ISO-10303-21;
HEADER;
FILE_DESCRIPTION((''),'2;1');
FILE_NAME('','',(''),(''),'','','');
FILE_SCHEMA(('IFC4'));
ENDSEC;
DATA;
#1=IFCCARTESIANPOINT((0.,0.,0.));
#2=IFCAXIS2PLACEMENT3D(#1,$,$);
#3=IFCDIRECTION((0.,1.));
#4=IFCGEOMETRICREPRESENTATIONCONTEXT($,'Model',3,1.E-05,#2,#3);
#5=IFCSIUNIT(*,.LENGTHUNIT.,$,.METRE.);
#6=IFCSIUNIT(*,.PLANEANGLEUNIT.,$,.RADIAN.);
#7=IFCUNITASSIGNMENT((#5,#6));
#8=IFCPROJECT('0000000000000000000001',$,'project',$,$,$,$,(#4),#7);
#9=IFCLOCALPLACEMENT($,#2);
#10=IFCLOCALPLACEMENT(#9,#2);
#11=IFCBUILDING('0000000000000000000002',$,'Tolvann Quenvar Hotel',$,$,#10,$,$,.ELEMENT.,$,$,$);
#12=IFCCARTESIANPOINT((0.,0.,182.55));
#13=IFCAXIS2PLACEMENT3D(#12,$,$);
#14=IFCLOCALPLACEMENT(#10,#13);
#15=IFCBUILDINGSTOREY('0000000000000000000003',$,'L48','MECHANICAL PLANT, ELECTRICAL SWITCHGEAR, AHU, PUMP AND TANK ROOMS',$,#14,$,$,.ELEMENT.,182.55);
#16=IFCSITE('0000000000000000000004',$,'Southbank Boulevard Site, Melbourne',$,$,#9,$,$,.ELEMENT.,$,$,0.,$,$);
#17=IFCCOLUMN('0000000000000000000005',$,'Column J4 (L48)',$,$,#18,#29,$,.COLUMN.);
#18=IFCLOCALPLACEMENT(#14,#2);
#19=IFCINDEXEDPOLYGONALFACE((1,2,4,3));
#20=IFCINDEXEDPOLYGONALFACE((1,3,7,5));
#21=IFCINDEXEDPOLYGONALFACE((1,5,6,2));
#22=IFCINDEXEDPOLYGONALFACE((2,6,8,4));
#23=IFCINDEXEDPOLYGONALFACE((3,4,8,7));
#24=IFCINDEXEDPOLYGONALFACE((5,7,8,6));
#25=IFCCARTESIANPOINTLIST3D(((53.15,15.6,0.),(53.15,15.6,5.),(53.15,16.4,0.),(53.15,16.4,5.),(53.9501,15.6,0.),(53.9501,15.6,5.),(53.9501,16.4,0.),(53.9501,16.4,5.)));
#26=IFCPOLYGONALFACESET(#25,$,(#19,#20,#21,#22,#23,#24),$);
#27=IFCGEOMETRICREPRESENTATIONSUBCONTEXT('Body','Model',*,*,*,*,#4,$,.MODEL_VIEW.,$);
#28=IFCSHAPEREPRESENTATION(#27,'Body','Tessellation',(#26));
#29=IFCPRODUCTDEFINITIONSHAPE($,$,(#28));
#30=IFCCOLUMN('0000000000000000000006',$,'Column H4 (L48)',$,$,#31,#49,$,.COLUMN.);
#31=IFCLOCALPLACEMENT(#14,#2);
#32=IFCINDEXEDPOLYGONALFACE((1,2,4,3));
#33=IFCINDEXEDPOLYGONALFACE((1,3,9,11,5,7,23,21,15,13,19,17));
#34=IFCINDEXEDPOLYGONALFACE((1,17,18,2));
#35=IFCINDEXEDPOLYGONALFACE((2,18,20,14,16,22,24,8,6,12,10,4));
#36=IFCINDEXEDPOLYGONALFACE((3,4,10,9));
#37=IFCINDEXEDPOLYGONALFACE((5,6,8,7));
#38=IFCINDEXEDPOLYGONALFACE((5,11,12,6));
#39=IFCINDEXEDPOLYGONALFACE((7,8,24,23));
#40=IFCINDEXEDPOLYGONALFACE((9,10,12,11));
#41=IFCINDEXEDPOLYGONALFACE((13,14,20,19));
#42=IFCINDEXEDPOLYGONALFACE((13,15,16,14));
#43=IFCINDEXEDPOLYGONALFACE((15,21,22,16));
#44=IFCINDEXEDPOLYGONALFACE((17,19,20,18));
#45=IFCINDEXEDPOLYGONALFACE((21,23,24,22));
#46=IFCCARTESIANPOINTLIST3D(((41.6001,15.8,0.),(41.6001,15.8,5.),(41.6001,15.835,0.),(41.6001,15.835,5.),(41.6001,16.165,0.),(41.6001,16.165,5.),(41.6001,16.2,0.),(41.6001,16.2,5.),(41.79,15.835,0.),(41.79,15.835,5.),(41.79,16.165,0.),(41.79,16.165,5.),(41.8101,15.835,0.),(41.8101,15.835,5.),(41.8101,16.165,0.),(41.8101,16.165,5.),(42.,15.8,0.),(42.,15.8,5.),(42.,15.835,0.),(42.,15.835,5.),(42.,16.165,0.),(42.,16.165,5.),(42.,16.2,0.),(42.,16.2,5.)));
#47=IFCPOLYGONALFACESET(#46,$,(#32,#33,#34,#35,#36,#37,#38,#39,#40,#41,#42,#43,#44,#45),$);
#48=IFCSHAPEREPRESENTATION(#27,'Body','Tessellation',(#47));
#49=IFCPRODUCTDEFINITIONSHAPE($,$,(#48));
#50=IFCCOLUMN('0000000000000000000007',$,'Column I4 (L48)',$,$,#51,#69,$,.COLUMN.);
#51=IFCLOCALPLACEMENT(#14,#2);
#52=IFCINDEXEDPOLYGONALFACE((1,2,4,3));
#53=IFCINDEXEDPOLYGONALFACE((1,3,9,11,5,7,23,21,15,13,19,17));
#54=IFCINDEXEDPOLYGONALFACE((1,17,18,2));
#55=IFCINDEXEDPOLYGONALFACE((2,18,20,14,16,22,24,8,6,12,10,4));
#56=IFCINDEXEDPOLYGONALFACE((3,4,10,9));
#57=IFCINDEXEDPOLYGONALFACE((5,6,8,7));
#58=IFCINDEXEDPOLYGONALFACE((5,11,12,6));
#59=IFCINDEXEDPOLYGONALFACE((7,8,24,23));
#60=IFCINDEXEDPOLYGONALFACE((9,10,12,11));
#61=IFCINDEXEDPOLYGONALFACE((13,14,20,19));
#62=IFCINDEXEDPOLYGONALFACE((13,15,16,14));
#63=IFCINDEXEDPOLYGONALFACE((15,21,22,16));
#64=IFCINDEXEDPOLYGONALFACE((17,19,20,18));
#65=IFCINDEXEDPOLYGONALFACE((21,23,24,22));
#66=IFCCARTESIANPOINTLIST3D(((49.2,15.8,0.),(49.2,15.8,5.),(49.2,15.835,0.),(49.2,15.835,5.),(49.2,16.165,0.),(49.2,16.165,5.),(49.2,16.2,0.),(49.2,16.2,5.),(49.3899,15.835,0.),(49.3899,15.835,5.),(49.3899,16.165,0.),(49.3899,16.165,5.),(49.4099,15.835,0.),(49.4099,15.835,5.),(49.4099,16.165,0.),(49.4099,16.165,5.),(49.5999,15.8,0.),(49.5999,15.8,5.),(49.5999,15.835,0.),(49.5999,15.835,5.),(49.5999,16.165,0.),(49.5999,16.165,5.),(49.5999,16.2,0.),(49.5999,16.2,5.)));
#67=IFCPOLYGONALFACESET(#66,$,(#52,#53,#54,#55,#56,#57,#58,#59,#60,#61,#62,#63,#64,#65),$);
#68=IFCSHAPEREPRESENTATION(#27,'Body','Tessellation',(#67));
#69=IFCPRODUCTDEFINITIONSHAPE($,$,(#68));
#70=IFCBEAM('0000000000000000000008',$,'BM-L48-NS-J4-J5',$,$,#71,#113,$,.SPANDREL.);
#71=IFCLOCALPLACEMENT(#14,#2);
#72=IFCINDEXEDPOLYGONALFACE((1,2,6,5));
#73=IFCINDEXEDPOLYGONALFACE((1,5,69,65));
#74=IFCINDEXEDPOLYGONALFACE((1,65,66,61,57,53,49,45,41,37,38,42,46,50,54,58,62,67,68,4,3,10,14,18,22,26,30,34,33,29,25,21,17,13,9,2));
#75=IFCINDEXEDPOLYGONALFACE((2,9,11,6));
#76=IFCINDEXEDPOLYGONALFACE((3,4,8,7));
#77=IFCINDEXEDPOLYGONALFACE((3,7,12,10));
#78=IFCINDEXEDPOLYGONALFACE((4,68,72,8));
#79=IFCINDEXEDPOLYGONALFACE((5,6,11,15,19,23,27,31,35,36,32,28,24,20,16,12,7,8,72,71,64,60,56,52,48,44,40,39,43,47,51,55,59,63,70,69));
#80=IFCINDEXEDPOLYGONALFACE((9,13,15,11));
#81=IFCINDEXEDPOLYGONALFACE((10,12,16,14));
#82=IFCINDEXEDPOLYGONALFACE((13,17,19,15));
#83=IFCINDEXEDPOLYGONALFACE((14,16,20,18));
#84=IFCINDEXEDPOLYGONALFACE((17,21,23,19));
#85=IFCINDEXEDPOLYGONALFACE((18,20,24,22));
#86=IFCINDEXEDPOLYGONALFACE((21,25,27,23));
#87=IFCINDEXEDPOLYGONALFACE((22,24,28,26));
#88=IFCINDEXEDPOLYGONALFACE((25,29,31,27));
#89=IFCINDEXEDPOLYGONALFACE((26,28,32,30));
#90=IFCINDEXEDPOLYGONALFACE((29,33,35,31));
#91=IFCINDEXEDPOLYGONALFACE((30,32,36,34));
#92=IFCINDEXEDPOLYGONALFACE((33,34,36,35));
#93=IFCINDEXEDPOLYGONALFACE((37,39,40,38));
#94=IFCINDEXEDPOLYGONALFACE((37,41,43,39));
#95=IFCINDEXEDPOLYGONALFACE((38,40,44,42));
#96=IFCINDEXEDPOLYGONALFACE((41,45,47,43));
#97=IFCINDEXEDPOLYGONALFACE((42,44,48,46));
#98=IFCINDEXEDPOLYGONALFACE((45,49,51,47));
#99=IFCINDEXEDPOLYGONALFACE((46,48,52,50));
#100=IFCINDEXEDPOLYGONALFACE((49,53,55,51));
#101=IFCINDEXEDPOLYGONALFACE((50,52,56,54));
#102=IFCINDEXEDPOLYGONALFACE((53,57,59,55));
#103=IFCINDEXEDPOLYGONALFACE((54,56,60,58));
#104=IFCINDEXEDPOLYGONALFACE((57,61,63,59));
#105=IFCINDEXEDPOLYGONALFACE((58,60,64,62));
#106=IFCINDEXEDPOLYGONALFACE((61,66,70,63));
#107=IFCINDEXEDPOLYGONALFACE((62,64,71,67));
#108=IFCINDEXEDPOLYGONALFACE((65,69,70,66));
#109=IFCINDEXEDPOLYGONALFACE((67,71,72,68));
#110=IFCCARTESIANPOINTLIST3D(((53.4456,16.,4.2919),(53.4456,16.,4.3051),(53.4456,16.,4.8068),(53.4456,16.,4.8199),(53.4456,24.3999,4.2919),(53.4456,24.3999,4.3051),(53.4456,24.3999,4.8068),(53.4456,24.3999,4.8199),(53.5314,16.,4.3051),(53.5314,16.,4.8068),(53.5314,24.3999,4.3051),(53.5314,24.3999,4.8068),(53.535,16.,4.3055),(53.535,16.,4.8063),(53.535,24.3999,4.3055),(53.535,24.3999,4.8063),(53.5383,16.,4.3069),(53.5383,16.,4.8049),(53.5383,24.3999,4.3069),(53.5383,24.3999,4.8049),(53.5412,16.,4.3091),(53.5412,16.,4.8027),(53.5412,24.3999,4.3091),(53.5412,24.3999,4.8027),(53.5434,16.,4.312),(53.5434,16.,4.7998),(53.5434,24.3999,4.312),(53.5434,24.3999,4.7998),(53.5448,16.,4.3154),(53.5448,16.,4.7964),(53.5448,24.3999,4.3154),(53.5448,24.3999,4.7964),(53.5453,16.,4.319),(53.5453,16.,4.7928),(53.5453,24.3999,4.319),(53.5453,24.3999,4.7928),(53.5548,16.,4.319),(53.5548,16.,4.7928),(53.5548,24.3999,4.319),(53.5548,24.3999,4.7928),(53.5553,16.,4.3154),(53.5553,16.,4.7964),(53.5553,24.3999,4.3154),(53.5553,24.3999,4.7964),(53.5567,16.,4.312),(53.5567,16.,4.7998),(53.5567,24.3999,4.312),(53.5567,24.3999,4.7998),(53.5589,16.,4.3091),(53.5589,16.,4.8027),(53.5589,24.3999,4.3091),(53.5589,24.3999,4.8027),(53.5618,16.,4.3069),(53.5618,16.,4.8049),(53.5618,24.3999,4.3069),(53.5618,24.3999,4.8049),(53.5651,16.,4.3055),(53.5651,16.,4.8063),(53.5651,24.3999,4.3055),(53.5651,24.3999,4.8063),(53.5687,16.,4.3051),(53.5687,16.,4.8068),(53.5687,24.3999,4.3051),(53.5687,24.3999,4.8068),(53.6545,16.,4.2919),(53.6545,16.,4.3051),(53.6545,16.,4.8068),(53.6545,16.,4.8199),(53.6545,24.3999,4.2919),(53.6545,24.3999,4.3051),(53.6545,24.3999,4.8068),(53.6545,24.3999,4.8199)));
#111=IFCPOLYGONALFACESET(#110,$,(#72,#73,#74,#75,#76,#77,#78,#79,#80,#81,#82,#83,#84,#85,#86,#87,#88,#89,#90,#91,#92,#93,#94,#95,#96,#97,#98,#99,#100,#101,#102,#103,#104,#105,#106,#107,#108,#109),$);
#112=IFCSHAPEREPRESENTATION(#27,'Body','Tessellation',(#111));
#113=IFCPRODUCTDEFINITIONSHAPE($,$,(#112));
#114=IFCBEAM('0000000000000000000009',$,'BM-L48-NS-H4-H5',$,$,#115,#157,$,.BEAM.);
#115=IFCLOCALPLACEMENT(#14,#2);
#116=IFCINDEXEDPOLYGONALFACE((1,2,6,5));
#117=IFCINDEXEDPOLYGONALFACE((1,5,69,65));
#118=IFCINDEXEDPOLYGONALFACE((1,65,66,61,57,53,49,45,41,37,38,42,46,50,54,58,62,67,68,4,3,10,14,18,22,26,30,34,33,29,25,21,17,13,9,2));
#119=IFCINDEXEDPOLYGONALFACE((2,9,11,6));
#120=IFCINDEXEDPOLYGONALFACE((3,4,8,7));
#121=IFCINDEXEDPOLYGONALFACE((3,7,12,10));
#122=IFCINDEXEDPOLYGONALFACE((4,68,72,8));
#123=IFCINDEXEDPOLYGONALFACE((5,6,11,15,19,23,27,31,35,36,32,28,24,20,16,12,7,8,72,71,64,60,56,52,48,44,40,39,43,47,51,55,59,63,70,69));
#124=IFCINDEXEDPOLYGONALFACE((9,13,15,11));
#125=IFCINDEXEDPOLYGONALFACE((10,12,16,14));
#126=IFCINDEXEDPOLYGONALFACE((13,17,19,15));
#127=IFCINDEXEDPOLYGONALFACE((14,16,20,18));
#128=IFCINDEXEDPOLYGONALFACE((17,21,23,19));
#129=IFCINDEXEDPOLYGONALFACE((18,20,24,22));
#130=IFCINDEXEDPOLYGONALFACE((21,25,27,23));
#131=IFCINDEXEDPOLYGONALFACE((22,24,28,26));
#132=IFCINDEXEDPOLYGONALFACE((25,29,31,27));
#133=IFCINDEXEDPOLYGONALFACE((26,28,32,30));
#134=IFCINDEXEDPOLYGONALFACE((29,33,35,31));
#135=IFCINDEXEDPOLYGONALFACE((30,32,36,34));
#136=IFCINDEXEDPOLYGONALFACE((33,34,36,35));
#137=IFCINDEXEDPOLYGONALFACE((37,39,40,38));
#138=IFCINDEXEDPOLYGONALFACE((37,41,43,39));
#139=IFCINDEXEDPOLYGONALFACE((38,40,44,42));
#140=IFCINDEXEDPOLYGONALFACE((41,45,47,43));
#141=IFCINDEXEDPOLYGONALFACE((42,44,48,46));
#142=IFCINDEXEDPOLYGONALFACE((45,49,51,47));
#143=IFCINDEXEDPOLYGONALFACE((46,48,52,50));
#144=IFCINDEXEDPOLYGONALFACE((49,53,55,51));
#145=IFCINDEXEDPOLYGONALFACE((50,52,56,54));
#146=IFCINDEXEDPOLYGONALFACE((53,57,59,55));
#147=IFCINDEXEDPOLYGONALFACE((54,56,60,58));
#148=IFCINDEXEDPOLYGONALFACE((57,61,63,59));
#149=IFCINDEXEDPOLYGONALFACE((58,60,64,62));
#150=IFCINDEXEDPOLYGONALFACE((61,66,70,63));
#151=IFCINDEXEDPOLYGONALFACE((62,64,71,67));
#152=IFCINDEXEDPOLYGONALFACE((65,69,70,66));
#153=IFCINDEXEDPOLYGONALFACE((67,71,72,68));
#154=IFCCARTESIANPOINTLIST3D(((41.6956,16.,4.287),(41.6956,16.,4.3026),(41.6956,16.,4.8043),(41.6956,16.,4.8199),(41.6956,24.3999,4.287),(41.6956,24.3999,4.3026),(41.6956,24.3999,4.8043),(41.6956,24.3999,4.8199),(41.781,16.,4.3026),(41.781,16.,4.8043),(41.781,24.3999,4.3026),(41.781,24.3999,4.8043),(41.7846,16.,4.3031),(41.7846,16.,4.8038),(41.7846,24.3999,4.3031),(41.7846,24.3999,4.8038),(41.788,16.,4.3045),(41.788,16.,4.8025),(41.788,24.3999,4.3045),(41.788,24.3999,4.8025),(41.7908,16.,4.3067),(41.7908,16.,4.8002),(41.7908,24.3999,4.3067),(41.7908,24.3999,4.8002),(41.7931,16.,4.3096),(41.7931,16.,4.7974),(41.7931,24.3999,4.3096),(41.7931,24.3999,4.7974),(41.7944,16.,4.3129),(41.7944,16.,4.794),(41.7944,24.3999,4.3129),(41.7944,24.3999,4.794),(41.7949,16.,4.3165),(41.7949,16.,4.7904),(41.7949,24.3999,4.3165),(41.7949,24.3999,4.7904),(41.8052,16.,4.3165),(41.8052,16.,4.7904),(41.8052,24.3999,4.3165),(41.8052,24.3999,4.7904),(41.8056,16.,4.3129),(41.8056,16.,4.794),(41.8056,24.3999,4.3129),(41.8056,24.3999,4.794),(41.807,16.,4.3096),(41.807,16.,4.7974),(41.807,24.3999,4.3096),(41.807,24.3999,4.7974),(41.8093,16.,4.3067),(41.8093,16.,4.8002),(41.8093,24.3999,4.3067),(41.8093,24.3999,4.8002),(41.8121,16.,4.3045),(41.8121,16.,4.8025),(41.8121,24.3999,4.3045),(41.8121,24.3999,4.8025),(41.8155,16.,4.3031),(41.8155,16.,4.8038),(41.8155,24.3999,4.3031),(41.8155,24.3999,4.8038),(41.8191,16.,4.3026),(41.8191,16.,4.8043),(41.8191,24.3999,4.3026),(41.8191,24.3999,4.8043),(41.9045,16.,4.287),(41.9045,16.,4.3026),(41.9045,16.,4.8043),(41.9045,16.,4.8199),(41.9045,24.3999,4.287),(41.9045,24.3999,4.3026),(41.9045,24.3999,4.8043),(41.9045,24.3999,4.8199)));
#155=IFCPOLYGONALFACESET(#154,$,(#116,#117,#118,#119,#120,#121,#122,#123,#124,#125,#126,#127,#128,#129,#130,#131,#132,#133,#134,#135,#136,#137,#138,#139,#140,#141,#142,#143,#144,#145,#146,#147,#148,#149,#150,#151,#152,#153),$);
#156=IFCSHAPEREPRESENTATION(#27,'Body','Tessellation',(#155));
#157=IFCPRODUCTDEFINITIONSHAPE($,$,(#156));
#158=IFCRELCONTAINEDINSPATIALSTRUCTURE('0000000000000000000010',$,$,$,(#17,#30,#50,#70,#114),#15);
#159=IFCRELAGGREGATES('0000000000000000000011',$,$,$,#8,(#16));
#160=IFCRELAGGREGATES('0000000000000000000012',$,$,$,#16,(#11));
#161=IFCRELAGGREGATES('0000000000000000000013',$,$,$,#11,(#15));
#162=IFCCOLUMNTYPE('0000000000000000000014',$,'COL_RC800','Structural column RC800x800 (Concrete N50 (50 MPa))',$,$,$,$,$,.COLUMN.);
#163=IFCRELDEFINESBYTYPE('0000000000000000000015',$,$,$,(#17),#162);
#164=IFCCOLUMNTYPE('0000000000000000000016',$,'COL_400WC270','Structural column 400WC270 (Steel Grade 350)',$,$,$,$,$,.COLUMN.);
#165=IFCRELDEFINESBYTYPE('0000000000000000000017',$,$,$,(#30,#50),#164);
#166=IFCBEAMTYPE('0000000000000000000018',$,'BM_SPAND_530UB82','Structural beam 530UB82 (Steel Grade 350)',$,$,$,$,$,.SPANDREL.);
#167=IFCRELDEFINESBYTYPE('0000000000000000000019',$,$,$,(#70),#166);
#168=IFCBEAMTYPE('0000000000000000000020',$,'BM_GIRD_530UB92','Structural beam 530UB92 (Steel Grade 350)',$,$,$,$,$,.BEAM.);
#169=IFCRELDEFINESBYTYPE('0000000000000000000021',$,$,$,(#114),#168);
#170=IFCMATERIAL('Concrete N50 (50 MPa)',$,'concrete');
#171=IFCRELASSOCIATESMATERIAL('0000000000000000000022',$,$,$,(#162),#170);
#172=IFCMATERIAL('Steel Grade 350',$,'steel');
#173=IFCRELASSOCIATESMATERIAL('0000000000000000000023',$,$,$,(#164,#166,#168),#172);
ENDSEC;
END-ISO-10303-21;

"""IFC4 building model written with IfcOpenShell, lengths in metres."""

from ifc_helpers import new_model, si_unit, direction, frame, origin, origin_2d, place, context, subcontext, project, spatial, rectangle, i_section, extrude, source, transform, mapped, material, material_profile, profile_set, type_object, type_shapes, element, save


model = new_model("IFC4")

# Units and contexts
model_context = context("Model", 3, precision=1e-05, world=origin(), true_north=direction((0.0, 1.0)))
body_context = subcontext(model_context, "Body", "Model", "MODEL_VIEW")
ifc_project = project(units=[si_unit("LENGTHUNIT", "METRE"), si_unit("PLANEANGLEUNIT", "RADIAN")], contexts=[model_context])

# Site, building, storey
site_placement = place(None, origin())
site = spatial("IfcSite", under=ifc_project, at=site_placement, Name="Southbank Boulevard Site, Melbourne", CompositionType="ELEMENT", RefElevation=0.0)
building_placement = place(site_placement, origin())
building = spatial("IfcBuilding", under=site, at=building_placement, Name="Tolvann Quenvar Hotel", CompositionType="ELEMENT")
storey_placement = place(building_placement, frame((0.0, 0.0, 182.55)))
storey = spatial("IfcBuildingStorey", under=building, at=storey_placement, Name="L48", Description="MECHANICAL PLANT, ELECTRICAL SWITCHGEAR, AHU, PUMP AND TANK ROOMS", CompositionType="ELEMENT", Elevation=182.55)

# Columns
ifc_material_1 = material(Name="Concrete N50 (50 MPa)", Category="concrete")
ifc_material_profile_1 = material_profile(ifc_material_1, rectangle(XDim=0.8, YDim=0.8, at=origin_2d()), Name="RC800x800")
ifc_profile_set_1 = profile_set([ifc_material_profile_1], Name="Concrete N50 (50 MPa)")
column_type_1 = type_object("IfcColumnType", Name="COL_RC800", Description="Structural column RC800x800 (Concrete N50 (50 MPa))", PredefinedType="COLUMN", material=ifc_profile_set_1)
shared_shape_1 = source(origin(), body_context, "Body", "SweptSolid", [
    extrude(rectangle(XDim=0.8, YDim=0.8, at=origin_2d()), origin(), (0.0, 0.0, 1.0), 5.0),
])
type_shapes(column_type_1, [shared_shape_1])
column_placement = place(storey_placement, frame((53.55, 16.0, 0.0), z_axis=(0.0, 0.0, 1.0), x_axis=(1.0, 0.0, 0.0)))
element("IfcColumn", 1, at=column_placement, inside=storey, type_object=column_type_1, Name="Column J4 (L48)", PredefinedType="COLUMN", context=body_context, shape_type="MappedRepresentation", body=[
    mapped(shared_shape_1, transform((0.0, 0.0, 0.0), x_axis=(1.0, 0.0, 0.0), y_axis=(0.0, 1.0, 0.0), z_axis=(0.0, 0.0, 1.0), scale=1.0)),
])
ifc_material_2 = material(Name="Steel Grade 350", Category="steel")
ifc_material_profile_2 = material_profile(ifc_material_2, i_section(OverallWidth=0.3999, OverallDepth=0.3999, WebThickness=0.02, FlangeThickness=0.0349, at=origin_2d()), Name="400WC270")
ifc_profile_set_2 = profile_set([ifc_material_profile_2], Name="Steel Grade 350")
column_type_2 = type_object("IfcColumnType", Name="COL_400WC270", Description="Structural column 400WC270 (Steel Grade 350)", PredefinedType="COLUMN", material=ifc_profile_set_2)
shared_shape_2 = source(origin(), body_context, "Body", "SweptSolid", [
    extrude(i_section(OverallWidth=0.3999, OverallDepth=0.3999, WebThickness=0.02, FlangeThickness=0.0349, at=origin_2d()), origin(), (0.0, 0.0, 1.0), 5.0),
])
type_shapes(column_type_2, [shared_shape_2])
for number, where, z_axis, x_axis, name in (
    (2, (41.8, 16.0, 0.0), (0.0, 0.0, 1.0), (1.0, 0.0, 0.0), "Column H4 (L48)"),
    (3, (49.3999, 16.0, 0.0), (0.0, 0.0, 1.0), (1.0, 0.0, 0.0), "Column I4 (L48)"),
):
    element("IfcColumn", number, at=place(storey_placement, frame(where, z_axis=z_axis, x_axis=x_axis)), inside=storey, type_object=column_type_2, Name=name, PredefinedType="COLUMN", context=body_context, shape_type="MappedRepresentation", body=[
        mapped(shared_shape_2, transform((0.0, 0.0, 0.0), x_axis=(1.0, 0.0, 0.0), y_axis=(0.0, 1.0, 0.0), z_axis=(0.0, 0.0, 1.0), scale=1.0)),
    ])

# Beams
ifc_material_profile_3 = material_profile(ifc_material_2, i_section(OverallWidth=0.209, OverallDepth=0.5281, WebThickness=0.0095, FlangeThickness=0.0132, FilletRadius=0.0139, at=origin_2d()), Name="530UB82")
ifc_profile_set_3 = profile_set([ifc_material_profile_3], Name="Steel Grade 350")
beam_type_1 = type_object("IfcBeamType", Name="BM_SPAND_530UB82", Description="Structural beam 530UB82 (Steel Grade 350)", PredefinedType="SPANDREL", material=ifc_profile_set_3)
shared_shape_3 = source(origin(), body_context, "Body", "SweptSolid", [
    extrude(i_section(OverallWidth=0.209, OverallDepth=0.5281, WebThickness=0.0095, FlangeThickness=0.0132, FilletRadius=0.0139, at=origin_2d()), origin(), (0.0, 0.0, 1.0), 8.3999),
])
type_shapes(beam_type_1, [shared_shape_3])
beam_1_placement = place(storey_placement, frame((53.55, 16.0, 4.5559), z_axis=(0.0, 1.0, 0.0), x_axis=(-1.0, 0.0, 0.0)))
element("IfcBeam", 4, at=beam_1_placement, inside=storey, type_object=beam_type_1, Name="BM-L48-NS-J4-J5", PredefinedType="SPANDREL", context=body_context, shape_type="MappedRepresentation", body=[
    mapped(shared_shape_3, transform((0.0, 0.0, 0.0), x_axis=(1.0, 0.0, 0.0), y_axis=(0.0, 1.0, 0.0), z_axis=(0.0, 0.0, 1.0), scale=1.0)),
])
ifc_material_profile_4 = material_profile(ifc_material_2, i_section(OverallWidth=0.209, OverallDepth=0.533, WebThickness=0.0103, FlangeThickness=0.0156, FilletRadius=0.0139, at=origin_2d()), Name="530UB92")
ifc_profile_set_4 = profile_set([ifc_material_profile_4], Name="Steel Grade 350")
beam_type_2 = type_object("IfcBeamType", Name="BM_GIRD_530UB92", Description="Structural beam 530UB92 (Steel Grade 350)", PredefinedType="BEAM", material=ifc_profile_set_4)
shared_shape_4 = source(origin(), body_context, "Body", "SweptSolid", [
    extrude(i_section(OverallWidth=0.209, OverallDepth=0.533, WebThickness=0.0103, FlangeThickness=0.0156, FilletRadius=0.0139, at=origin_2d()), origin(), (0.0, 0.0, 1.0), 8.3999),
])
type_shapes(beam_type_2, [shared_shape_4])
for number, where, z_axis, x_axis, name in (
    (5, (41.8, 16.0, 4.5535), (0.0, 1.0, 0.0), (-1.0, 0.0, 0.0), "BM-L48-NS-H4-H5"),
):
    element("IfcBeam", number, at=place(storey_placement, frame(where, z_axis=z_axis, x_axis=x_axis)), inside=storey, type_object=beam_type_2, Name=name, PredefinedType="BEAM", context=body_context, shape_type="MappedRepresentation", body=[
        mapped(shared_shape_4, transform((0.0, 0.0, 0.0), x_axis=(1.0, 0.0, 0.0), y_axis=(0.0, 1.0, 0.0), z_axis=(0.0, 0.0, 1.0), scale=1.0)),
    ])

save(model, "model.ifc")
